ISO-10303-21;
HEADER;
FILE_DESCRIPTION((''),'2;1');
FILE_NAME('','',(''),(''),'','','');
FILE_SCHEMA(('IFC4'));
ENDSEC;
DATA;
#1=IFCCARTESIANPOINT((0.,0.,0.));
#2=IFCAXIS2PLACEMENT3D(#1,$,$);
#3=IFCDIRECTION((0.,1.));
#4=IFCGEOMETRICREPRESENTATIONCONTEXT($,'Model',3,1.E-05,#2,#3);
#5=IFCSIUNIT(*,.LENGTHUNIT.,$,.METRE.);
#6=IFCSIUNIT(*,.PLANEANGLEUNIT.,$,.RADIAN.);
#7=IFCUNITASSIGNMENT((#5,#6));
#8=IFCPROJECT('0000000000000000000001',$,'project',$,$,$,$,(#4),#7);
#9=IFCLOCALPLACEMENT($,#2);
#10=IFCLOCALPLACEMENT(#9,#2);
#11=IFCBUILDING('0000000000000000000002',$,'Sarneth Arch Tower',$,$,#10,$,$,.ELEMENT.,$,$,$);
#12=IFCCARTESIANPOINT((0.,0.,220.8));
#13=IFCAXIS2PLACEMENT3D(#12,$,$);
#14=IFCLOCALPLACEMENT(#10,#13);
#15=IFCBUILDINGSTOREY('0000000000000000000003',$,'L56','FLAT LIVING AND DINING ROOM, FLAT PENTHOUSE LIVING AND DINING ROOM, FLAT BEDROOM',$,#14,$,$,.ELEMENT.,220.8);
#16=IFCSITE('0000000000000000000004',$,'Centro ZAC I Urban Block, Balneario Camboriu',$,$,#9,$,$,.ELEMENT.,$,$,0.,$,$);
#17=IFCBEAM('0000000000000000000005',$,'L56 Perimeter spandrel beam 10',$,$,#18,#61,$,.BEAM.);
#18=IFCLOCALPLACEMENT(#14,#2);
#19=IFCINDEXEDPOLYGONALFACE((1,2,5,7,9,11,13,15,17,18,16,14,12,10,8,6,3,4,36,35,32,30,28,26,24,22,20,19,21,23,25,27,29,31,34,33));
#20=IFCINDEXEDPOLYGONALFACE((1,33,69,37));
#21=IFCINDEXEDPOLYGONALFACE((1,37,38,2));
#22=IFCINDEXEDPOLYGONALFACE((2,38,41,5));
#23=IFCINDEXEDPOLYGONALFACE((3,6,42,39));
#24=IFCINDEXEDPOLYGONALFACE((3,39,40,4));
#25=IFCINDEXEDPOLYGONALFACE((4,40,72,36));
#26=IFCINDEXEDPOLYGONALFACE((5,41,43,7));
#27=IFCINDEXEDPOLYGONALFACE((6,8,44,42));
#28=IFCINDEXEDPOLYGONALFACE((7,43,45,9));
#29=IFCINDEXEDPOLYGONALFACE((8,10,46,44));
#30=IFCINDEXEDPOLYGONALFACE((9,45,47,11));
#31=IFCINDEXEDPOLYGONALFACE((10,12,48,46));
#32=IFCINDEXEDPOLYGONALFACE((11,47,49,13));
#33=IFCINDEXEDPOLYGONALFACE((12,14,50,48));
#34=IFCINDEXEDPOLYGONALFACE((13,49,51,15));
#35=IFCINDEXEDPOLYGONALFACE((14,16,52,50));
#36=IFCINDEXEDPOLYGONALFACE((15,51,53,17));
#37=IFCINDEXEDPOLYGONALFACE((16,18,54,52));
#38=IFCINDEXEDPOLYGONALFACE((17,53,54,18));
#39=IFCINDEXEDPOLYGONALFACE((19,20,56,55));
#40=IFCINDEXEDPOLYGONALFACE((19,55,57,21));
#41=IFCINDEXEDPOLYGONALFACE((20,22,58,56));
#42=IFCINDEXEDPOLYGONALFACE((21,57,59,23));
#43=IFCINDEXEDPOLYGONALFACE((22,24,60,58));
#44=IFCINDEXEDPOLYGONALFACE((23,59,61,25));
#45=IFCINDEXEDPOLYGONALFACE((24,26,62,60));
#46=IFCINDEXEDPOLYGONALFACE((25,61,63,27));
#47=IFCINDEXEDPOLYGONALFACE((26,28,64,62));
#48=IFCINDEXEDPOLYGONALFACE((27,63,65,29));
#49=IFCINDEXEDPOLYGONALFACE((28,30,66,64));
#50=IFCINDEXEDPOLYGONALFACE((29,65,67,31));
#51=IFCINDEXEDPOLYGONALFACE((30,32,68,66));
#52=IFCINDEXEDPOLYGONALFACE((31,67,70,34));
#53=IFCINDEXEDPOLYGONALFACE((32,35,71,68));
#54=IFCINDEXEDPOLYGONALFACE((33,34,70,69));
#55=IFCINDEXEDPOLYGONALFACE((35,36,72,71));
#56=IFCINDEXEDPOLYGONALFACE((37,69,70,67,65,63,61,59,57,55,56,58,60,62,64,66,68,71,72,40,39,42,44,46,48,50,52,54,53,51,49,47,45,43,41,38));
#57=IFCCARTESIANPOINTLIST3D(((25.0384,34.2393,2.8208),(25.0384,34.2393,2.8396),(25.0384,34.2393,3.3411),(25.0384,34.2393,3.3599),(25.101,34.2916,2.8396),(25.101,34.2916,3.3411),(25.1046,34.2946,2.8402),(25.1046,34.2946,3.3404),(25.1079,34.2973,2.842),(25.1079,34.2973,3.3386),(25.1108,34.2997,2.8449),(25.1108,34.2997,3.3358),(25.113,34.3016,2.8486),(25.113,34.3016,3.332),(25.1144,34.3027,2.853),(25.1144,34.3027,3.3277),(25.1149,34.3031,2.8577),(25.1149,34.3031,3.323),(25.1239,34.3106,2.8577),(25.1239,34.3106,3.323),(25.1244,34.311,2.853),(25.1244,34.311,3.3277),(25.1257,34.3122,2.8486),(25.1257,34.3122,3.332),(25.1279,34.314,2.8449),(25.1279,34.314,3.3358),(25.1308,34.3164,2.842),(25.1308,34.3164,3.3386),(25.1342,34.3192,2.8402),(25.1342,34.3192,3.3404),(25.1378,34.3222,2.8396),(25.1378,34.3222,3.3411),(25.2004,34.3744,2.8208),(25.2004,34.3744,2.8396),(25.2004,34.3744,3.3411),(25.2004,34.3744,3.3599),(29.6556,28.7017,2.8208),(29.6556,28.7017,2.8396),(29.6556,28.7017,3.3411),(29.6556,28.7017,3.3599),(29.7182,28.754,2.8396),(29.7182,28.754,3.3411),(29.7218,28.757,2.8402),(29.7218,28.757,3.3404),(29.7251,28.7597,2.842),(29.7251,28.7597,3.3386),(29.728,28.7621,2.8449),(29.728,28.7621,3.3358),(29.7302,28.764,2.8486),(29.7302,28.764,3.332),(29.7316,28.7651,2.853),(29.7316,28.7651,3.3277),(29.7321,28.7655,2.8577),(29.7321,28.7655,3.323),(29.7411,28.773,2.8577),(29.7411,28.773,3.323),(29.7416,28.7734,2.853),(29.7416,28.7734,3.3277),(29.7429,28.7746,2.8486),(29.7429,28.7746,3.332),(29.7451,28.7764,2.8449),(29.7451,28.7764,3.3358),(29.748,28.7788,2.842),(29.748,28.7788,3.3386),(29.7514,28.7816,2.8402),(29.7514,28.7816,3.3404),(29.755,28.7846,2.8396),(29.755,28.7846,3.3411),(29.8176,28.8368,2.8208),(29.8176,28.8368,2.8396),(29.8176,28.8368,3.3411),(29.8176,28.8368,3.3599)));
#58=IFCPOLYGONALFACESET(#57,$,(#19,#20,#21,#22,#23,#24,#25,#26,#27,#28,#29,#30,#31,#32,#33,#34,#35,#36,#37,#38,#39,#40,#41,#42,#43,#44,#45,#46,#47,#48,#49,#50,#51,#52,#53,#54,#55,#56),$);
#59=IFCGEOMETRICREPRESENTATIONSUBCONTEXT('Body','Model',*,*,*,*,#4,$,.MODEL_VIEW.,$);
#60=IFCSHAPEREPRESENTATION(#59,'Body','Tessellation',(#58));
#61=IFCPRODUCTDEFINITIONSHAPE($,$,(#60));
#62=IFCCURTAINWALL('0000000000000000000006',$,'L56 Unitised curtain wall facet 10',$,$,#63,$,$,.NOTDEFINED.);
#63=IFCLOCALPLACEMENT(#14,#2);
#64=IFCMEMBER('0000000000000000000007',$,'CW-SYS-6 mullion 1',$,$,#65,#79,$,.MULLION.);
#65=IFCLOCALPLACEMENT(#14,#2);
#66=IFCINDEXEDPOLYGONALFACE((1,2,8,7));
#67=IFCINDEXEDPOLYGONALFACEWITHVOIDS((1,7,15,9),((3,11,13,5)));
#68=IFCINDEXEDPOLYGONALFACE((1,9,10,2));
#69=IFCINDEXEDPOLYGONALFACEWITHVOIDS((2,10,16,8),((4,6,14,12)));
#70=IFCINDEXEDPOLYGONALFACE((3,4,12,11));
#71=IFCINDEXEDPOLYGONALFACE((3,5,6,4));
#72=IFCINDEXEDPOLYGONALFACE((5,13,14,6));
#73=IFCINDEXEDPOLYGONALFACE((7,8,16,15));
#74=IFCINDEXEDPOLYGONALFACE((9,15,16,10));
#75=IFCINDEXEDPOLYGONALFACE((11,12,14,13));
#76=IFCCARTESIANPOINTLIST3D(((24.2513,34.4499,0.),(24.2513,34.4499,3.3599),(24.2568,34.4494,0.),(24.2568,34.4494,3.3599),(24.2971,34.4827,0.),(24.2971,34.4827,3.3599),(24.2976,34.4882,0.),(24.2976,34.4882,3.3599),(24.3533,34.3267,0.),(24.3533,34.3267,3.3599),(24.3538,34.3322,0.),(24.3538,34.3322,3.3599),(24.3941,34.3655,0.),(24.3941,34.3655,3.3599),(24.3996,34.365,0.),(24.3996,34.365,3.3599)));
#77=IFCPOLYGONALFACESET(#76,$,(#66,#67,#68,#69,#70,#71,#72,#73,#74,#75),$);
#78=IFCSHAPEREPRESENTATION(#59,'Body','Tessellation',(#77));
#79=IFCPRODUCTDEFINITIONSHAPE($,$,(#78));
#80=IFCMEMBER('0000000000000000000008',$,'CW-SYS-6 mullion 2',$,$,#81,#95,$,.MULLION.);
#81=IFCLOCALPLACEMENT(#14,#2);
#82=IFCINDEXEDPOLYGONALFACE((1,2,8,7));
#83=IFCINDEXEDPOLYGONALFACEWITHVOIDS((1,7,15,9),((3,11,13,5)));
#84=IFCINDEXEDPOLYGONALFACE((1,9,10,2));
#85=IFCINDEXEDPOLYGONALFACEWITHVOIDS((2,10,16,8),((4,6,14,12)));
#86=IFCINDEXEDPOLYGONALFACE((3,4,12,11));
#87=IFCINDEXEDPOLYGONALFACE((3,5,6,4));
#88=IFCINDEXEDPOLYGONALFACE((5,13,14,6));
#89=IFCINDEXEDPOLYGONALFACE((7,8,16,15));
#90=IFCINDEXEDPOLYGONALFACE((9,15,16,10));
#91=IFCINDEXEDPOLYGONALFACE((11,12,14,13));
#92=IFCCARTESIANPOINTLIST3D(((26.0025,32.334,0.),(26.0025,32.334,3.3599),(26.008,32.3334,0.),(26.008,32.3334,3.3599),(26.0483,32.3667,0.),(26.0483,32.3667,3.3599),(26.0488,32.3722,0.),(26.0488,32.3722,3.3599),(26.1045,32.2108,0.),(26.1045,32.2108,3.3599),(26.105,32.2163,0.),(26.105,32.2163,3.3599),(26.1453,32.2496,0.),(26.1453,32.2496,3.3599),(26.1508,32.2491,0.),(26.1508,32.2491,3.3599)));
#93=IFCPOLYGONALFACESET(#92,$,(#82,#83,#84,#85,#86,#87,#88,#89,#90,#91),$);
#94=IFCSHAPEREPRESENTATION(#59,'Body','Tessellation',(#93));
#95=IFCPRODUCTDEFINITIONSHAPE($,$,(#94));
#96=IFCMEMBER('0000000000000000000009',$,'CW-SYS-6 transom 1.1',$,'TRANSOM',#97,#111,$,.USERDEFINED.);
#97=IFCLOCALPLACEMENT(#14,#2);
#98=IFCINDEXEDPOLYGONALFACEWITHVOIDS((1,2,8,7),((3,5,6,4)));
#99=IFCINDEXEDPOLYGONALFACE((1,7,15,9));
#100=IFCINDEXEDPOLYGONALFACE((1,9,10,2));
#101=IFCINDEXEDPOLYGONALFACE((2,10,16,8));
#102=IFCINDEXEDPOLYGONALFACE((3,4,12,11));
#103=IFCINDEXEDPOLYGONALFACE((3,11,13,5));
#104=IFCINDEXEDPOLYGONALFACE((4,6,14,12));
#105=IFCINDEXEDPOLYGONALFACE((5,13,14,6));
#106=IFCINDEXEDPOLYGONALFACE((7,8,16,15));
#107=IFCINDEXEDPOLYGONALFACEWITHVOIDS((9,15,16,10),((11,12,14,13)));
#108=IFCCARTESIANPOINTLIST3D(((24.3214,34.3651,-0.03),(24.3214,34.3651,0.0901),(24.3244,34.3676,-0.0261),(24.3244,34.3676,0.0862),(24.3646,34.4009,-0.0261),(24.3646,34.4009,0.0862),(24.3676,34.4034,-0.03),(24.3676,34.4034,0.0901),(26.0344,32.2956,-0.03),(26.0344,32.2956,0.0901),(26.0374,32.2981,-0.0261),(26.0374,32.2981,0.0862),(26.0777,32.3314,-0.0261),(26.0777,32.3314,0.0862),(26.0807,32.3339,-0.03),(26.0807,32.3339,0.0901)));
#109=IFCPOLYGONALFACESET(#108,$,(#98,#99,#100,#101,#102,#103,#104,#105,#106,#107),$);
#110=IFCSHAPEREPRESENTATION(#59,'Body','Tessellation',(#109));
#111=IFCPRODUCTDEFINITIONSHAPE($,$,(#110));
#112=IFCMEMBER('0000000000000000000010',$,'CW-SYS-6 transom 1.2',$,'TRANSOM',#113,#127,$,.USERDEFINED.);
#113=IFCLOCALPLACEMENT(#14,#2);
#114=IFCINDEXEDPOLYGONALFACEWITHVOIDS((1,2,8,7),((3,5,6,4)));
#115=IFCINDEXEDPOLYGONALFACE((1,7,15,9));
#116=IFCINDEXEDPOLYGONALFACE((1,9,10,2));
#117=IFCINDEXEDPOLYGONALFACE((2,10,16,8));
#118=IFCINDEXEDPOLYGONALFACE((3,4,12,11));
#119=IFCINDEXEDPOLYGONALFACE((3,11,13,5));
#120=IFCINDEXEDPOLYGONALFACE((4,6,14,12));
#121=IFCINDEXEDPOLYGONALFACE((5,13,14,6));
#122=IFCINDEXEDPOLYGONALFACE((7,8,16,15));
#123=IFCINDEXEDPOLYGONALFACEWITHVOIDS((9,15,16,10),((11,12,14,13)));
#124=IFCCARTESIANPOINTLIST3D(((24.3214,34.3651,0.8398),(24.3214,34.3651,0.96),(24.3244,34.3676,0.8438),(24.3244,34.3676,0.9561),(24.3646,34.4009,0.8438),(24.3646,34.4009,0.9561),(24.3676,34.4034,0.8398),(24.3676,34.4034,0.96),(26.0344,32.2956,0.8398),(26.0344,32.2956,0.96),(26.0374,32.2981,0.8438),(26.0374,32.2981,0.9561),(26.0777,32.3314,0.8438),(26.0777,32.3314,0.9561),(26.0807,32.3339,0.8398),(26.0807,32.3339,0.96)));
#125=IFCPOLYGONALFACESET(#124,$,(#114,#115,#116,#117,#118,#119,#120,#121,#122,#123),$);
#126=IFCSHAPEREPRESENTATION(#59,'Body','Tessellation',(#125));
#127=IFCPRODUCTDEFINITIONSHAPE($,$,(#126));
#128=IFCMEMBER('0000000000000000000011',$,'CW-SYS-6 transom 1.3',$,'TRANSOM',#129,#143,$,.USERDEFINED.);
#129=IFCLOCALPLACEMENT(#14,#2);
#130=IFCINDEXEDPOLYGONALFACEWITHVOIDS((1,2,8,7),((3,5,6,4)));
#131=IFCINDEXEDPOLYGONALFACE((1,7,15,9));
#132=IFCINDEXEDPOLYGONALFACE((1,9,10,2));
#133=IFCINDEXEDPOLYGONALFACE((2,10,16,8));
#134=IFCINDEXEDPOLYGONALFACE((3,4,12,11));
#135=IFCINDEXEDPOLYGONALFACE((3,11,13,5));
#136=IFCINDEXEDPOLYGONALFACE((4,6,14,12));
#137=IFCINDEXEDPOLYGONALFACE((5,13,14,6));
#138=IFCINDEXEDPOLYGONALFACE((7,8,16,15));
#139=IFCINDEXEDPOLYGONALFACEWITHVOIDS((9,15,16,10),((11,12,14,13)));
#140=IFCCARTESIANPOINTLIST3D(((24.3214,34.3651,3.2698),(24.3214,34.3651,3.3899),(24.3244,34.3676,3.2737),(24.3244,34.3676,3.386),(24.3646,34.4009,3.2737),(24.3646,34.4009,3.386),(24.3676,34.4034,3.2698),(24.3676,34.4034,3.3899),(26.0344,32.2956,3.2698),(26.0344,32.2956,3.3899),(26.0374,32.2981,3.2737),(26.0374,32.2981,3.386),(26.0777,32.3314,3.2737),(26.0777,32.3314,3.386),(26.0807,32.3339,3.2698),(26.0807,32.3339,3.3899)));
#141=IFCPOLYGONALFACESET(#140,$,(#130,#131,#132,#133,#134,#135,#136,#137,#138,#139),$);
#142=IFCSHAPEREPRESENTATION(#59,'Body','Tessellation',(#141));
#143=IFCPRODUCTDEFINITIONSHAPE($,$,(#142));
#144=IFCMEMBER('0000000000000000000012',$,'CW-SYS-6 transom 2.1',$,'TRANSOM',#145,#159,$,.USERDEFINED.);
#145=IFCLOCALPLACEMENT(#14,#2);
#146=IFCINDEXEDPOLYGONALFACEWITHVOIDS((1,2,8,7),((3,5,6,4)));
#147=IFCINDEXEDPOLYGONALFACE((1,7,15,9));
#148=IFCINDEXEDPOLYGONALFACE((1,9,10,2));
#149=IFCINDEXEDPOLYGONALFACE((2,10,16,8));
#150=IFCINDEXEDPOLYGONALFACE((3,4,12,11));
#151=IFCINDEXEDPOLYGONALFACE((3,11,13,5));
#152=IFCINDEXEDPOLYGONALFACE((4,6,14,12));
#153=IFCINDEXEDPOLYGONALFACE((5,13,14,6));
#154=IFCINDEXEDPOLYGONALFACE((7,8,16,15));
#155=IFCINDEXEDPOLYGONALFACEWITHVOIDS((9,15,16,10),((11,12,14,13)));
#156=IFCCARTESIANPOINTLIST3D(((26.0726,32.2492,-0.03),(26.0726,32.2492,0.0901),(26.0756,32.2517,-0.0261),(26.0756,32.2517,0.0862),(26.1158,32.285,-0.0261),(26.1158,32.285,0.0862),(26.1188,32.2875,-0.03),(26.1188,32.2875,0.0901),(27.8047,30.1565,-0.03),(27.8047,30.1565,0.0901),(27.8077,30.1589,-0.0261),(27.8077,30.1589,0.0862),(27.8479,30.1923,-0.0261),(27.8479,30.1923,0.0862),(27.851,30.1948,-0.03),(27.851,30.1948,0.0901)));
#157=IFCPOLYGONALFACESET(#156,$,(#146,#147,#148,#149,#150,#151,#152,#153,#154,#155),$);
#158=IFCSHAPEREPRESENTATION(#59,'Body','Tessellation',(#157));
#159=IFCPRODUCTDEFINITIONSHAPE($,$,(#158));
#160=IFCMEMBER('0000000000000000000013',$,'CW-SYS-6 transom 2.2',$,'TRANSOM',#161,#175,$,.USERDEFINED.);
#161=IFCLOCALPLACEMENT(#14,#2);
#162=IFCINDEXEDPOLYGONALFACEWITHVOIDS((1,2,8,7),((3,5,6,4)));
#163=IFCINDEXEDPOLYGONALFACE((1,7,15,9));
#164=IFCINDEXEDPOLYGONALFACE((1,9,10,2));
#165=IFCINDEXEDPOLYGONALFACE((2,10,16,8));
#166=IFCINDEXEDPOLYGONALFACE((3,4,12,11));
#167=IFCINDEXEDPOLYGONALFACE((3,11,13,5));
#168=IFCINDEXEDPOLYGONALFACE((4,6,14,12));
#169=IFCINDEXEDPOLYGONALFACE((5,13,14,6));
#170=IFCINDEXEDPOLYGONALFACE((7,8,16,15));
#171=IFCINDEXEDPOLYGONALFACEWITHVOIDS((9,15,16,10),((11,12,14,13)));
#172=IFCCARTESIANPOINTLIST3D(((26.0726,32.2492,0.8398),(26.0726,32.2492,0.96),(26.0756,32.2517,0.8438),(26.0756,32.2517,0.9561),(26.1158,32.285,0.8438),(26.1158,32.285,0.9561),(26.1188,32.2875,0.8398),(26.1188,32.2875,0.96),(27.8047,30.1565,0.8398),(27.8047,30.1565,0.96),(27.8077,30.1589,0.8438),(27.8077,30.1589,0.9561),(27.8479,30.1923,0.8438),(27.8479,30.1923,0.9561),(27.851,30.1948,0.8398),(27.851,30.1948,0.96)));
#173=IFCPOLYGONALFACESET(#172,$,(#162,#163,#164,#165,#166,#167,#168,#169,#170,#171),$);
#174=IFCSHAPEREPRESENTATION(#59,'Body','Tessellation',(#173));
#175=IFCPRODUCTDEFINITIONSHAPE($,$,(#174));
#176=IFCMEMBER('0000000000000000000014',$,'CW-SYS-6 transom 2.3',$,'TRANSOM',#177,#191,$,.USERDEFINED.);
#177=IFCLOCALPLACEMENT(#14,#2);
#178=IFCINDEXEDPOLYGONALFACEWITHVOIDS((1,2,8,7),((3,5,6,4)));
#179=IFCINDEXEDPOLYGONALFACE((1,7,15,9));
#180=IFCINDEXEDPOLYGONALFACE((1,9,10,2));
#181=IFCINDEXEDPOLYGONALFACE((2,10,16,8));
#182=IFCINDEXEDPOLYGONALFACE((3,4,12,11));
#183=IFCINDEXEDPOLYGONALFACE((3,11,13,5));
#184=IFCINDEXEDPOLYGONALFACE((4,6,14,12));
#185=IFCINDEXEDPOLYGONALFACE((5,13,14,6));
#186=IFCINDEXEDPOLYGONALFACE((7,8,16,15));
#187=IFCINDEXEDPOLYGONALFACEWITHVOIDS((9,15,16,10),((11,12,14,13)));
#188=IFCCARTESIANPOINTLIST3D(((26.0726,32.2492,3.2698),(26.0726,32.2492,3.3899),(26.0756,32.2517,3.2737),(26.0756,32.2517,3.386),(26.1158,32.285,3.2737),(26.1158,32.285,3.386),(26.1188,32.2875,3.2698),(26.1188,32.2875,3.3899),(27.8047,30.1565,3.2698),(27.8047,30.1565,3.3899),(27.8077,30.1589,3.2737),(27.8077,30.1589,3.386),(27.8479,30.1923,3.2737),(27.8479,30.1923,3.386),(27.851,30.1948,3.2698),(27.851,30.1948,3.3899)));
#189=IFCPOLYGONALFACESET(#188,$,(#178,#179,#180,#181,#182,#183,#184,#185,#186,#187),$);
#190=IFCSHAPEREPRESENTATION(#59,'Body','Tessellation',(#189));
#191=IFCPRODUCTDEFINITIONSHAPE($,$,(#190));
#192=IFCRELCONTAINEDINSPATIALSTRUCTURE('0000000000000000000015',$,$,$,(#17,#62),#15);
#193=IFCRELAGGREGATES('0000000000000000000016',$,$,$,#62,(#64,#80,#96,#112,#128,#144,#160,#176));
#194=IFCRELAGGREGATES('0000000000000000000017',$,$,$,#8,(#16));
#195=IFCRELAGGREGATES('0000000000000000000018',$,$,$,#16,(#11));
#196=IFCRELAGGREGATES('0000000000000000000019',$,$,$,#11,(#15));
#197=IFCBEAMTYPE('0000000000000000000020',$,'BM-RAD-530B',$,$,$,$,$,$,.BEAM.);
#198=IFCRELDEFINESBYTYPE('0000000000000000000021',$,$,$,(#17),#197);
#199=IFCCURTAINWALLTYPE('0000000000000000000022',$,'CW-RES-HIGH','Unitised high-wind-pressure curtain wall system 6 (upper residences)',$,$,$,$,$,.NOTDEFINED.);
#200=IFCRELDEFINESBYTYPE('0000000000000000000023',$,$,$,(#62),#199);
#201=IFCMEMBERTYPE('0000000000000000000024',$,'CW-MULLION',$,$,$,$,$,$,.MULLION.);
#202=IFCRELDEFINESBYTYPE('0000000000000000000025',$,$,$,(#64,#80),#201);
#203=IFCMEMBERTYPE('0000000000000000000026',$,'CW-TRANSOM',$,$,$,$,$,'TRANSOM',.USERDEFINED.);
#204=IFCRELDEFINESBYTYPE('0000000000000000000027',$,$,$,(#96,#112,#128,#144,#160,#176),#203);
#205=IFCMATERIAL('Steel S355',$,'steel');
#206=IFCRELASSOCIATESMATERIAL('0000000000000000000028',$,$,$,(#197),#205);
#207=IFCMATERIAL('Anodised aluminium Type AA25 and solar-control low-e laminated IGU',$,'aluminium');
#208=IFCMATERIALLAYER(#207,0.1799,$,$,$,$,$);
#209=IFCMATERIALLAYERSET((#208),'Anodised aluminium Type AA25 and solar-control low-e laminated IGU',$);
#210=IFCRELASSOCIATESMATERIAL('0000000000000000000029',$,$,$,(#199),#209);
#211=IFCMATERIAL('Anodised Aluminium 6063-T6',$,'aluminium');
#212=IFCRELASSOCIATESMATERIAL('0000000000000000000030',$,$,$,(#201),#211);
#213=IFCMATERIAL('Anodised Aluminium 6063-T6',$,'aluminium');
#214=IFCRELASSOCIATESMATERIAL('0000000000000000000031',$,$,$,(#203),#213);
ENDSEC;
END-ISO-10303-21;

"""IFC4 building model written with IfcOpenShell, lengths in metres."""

from ifc_helpers import new_model, si_unit, direction, frame, origin, origin_2d, place, context, subcontext, project, spatial, hollow_rectangle, i_section, extrude, material, layer, layer_set, material_profile, profile_set, type_object, element, aggregate, save


model = new_model("IFC4")

# Units and contexts
model_context = context("Model", 3, precision=1e-05, world=origin(), true_north=direction((0.0, 1.0)))
body_context = subcontext(model_context, "Body", "Model", "MODEL_VIEW")
ifc_project = project(units=[si_unit("LENGTHUNIT", "METRE"), si_unit("PLANEANGLEUNIT", "RADIAN")], contexts=[model_context])

# Site, building, storey
site_placement = place(None, origin())
site = spatial("IfcSite", under=ifc_project, at=site_placement, Name="Centro ZAC I Urban Block, Balneario Camboriu", CompositionType="ELEMENT", RefElevation=0.0)
building_placement = place(site_placement, origin())
building = spatial("IfcBuilding", under=site, at=building_placement, Name="Sarneth Arch Tower", CompositionType="ELEMENT")
storey_placement = place(building_placement, frame((0.0, 0.0, 220.8)))
storey = spatial("IfcBuildingStorey", under=building, at=storey_placement, Name="L56", Description="FLAT LIVING AND DINING ROOM, FLAT PENTHOUSE LIVING AND DINING ROOM, FLAT BEDROOM", CompositionType="ELEMENT", Elevation=220.8)

# Beam
ifc_material_1 = material(Name="Steel S355", Category="steel")
ifc_material_profile_1 = material_profile(ifc_material_1, i_section(OverallWidth=0.2109, OverallDepth=0.5391, WebThickness=0.0117, FlangeThickness=0.0188, FilletRadius=0.0181, at=origin_2d()), Name="W530x109")
ifc_profile_set_1 = profile_set([ifc_material_profile_1], Name="Steel S355")
beam_type_1 = type_object("IfcBeamType", Name="BM-RAD-530B", PredefinedType="BEAM", material=ifc_profile_set_1)
beam_1_placement = place(storey_placement, frame((25.1194, 34.3069, 3.0903), z_axis=(0.640391, -0.768049, 0.0), x_axis=(0.768049, 0.640391, 0.0)))
element("IfcBeam", 1, at=beam_1_placement, inside=storey, type_object=beam_type_1, Name="L56 Perimeter spandrel beam 10", PredefinedType="BEAM", context=body_context, shape_type="SweptSolid", body=[
    extrude(i_section(OverallWidth=0.2109, OverallDepth=0.5391, WebThickness=0.0117, FlangeThickness=0.0188, FilletRadius=0.0181, at=origin_2d()), origin(), (0.0, 0.0, 1.0), 7.21),
])

# Curtain wall, members
ifc_material_2 = material(Name="Anodised aluminium Type AA25 and solar-control low-e laminated IGU", Category="aluminium")
ifc_layer_1 = layer(ifc_material_2, 0.1799)
ifc_layer_set_1 = layer_set([ifc_layer_1], Name="Anodised aluminium Type AA25 and solar-control low-e laminated IGU")
curtain_wall_type = type_object("IfcCurtainWallType", Name="CW-RES-HIGH", Description="Unitised high-wind-pressure curtain wall system 6 (upper residences)", PredefinedType="NOTDEFINED", material=ifc_layer_set_1)
curtain_wall_placement = place(storey_placement, origin())
curtain_wall = element("IfcCurtainWall", 2, at=curtain_wall_placement, inside=storey, type_object=curtain_wall_type, Name="L56 Unitised curtain wall facet 10", PredefinedType="NOTDEFINED")
ifc_material_3 = material(Name="Anodised Aluminium 6063-T6", Category="aluminium")
ifc_material_profile_2 = material_profile(ifc_material_3, hollow_rectangle(XDim=0.0601, YDim=0.1599, WallThickness=0.0039, at=origin_2d()), Name="AL-MULL-160x60x4")
ifc_profile_set_2 = profile_set([ifc_material_profile_2], Name="Anodised Aluminium 6063-T6")
member_type_1 = type_object("IfcMemberType", Name="CW-MULLION", PredefinedType="MULLION", material=ifc_profile_set_2)
member_1_placement = place(storey_placement, frame((24.3254, 34.4075, 0.0), z_axis=(0.0, 0.0, 1.0), x_axis=(0.770359, 0.63761, 0.0)))
member_1 = element("IfcMember", 3, at=member_1_placement, type_object=member_type_1, Name="CW-SYS-6 mullion 1", PredefinedType="MULLION", context=body_context, shape_type="SweptSolid", body=[
    extrude(hollow_rectangle(XDim=0.0601, YDim=0.1599, WallThickness=0.0039, at=origin_2d()), origin(), (0.0, 0.0, 1.0), 3.3599),
])
member_2_placement = place(storey_placement, frame((26.0767, 32.2915, 0.0), z_axis=(0.0, 0.0, 1.0), x_axis=(0.770359, 0.63761, 0.0)))
member_2 = element("IfcMember", 4, at=member_2_placement, type_object=member_type_1, Name="CW-SYS-6 mullion 2", PredefinedType="MULLION", context=body_context, shape_type="SweptSolid", body=[
    extrude(hollow_rectangle(XDim=0.0601, YDim=0.1599, WallThickness=0.0039, at=origin_2d()), origin(), (0.0, 0.0, 1.0), 3.3599),
])
ifc_material_4 = material(Name="Anodised Aluminium 6063-T6", Category="aluminium")
ifc_material_profile_3 = material_profile(ifc_material_4, hollow_rectangle(XDim=0.0601, YDim=0.1201, WallThickness=0.0039, at=origin_2d()), Name="AL-TRAN-120x60x4")
ifc_profile_set_3 = profile_set([ifc_material_profile_3], Name="Anodised Aluminium 6063-T6")
member_type_2 = type_object("IfcMemberType", Name="CW-TRANSOM", ElementType="TRANSOM", PredefinedType="USERDEFINED", material=ifc_profile_set_3)
member_3_placement = place(storey_placement, frame((24.3445, 34.3843, 0.03), z_axis=(0.637651, -0.770325, 0.0), x_axis=(0.770325, 0.637651, 0.0)))
member_3 = element("IfcMember", 5, at=member_3_placement, type_object=member_type_2, Name="CW-SYS-6 transom 1.1", ObjectType="TRANSOM", PredefinedType="USERDEFINED", context=body_context, shape_type="SweptSolid", body=[
    extrude(hollow_rectangle(XDim=0.0601, YDim=0.1201, WallThickness=0.0039, at=origin_2d()), origin(), (0.0, 0.0, 1.0), 2.6865),
])
member_4_placement = place(storey_placement, frame((24.3445, 34.3843, 0.8999), z_axis=(0.637651, -0.770325, 0.0), x_axis=(0.770325, 0.637651, 0.0)))
member_4 = element("IfcMember", 6, at=member_4_placement, type_object=member_type_2, Name="CW-SYS-6 transom 1.2", ObjectType="TRANSOM", PredefinedType="USERDEFINED", context=body_context, shape_type="SweptSolid", body=[
    extrude(hollow_rectangle(XDim=0.0601, YDim=0.1201, WallThickness=0.0039, at=origin_2d()), origin(), (0.0, 0.0, 1.0), 2.6865),
])
member_5_placement = place(storey_placement, frame((24.3445, 34.3843, 3.3298), z_axis=(0.637651, -0.770325, 0.0), x_axis=(0.770325, 0.637651, 0.0)))
member_5 = element("IfcMember", 7, at=member_5_placement, type_object=member_type_2, Name="CW-SYS-6 transom 1.3", ObjectType="TRANSOM", PredefinedType="USERDEFINED", context=body_context, shape_type="SweptSolid", body=[
    extrude(hollow_rectangle(XDim=0.0601, YDim=0.1201, WallThickness=0.0039, at=origin_2d()), origin(), (0.0, 0.0, 1.0), 2.6865),
])
member_6_placement = place(storey_placement, frame((26.0957, 32.2683, 0.03), z_axis=(0.637617, -0.770353, 0.0), x_axis=(0.770353, 0.637617, 0.0)))
member_6 = element("IfcMember", 8, at=member_6_placement, type_object=member_type_2, Name="CW-SYS-6 transom 2.1", ObjectType="TRANSOM", PredefinedType="USERDEFINED", context=body_context, shape_type="SweptSolid", body=[
    extrude(hollow_rectangle(XDim=0.0601, YDim=0.1201, WallThickness=0.0039, at=origin_2d()), origin(), (0.0, 0.0, 1.0), 2.7166),
])
member_7_placement = place(storey_placement, frame((26.0957, 32.2683, 0.8999), z_axis=(0.637617, -0.770353, 0.0), x_axis=(0.770353, 0.637617, 0.0)))
member_7 = element("IfcMember", 9, at=member_7_placement, type_object=member_type_2, Name="CW-SYS-6 transom 2.2", ObjectType="TRANSOM", PredefinedType="USERDEFINED", context=body_context, shape_type="SweptSolid", body=[
    extrude(hollow_rectangle(XDim=0.0601, YDim=0.1201, WallThickness=0.0039, at=origin_2d()), origin(), (0.0, 0.0, 1.0), 2.7166),
])
member_8_placement = place(storey_placement, frame((26.0957, 32.2683, 3.3298), z_axis=(0.637617, -0.770353, 0.0), x_axis=(0.770353, 0.637617, 0.0)))
member_8 = element("IfcMember", 10, at=member_8_placement, type_object=member_type_2, Name="CW-SYS-6 transom 2.3", ObjectType="TRANSOM", PredefinedType="USERDEFINED", context=body_context, shape_type="SweptSolid", body=[
    extrude(hollow_rectangle(XDim=0.0601, YDim=0.1201, WallThickness=0.0039, at=origin_2d()), origin(), (0.0, 0.0, 1.0), 2.7166),
])
aggregate(curtain_wall, [member_1, member_2, member_3, member_4, member_5, member_6, member_7, member_8])

save(model, "model.ifc")
